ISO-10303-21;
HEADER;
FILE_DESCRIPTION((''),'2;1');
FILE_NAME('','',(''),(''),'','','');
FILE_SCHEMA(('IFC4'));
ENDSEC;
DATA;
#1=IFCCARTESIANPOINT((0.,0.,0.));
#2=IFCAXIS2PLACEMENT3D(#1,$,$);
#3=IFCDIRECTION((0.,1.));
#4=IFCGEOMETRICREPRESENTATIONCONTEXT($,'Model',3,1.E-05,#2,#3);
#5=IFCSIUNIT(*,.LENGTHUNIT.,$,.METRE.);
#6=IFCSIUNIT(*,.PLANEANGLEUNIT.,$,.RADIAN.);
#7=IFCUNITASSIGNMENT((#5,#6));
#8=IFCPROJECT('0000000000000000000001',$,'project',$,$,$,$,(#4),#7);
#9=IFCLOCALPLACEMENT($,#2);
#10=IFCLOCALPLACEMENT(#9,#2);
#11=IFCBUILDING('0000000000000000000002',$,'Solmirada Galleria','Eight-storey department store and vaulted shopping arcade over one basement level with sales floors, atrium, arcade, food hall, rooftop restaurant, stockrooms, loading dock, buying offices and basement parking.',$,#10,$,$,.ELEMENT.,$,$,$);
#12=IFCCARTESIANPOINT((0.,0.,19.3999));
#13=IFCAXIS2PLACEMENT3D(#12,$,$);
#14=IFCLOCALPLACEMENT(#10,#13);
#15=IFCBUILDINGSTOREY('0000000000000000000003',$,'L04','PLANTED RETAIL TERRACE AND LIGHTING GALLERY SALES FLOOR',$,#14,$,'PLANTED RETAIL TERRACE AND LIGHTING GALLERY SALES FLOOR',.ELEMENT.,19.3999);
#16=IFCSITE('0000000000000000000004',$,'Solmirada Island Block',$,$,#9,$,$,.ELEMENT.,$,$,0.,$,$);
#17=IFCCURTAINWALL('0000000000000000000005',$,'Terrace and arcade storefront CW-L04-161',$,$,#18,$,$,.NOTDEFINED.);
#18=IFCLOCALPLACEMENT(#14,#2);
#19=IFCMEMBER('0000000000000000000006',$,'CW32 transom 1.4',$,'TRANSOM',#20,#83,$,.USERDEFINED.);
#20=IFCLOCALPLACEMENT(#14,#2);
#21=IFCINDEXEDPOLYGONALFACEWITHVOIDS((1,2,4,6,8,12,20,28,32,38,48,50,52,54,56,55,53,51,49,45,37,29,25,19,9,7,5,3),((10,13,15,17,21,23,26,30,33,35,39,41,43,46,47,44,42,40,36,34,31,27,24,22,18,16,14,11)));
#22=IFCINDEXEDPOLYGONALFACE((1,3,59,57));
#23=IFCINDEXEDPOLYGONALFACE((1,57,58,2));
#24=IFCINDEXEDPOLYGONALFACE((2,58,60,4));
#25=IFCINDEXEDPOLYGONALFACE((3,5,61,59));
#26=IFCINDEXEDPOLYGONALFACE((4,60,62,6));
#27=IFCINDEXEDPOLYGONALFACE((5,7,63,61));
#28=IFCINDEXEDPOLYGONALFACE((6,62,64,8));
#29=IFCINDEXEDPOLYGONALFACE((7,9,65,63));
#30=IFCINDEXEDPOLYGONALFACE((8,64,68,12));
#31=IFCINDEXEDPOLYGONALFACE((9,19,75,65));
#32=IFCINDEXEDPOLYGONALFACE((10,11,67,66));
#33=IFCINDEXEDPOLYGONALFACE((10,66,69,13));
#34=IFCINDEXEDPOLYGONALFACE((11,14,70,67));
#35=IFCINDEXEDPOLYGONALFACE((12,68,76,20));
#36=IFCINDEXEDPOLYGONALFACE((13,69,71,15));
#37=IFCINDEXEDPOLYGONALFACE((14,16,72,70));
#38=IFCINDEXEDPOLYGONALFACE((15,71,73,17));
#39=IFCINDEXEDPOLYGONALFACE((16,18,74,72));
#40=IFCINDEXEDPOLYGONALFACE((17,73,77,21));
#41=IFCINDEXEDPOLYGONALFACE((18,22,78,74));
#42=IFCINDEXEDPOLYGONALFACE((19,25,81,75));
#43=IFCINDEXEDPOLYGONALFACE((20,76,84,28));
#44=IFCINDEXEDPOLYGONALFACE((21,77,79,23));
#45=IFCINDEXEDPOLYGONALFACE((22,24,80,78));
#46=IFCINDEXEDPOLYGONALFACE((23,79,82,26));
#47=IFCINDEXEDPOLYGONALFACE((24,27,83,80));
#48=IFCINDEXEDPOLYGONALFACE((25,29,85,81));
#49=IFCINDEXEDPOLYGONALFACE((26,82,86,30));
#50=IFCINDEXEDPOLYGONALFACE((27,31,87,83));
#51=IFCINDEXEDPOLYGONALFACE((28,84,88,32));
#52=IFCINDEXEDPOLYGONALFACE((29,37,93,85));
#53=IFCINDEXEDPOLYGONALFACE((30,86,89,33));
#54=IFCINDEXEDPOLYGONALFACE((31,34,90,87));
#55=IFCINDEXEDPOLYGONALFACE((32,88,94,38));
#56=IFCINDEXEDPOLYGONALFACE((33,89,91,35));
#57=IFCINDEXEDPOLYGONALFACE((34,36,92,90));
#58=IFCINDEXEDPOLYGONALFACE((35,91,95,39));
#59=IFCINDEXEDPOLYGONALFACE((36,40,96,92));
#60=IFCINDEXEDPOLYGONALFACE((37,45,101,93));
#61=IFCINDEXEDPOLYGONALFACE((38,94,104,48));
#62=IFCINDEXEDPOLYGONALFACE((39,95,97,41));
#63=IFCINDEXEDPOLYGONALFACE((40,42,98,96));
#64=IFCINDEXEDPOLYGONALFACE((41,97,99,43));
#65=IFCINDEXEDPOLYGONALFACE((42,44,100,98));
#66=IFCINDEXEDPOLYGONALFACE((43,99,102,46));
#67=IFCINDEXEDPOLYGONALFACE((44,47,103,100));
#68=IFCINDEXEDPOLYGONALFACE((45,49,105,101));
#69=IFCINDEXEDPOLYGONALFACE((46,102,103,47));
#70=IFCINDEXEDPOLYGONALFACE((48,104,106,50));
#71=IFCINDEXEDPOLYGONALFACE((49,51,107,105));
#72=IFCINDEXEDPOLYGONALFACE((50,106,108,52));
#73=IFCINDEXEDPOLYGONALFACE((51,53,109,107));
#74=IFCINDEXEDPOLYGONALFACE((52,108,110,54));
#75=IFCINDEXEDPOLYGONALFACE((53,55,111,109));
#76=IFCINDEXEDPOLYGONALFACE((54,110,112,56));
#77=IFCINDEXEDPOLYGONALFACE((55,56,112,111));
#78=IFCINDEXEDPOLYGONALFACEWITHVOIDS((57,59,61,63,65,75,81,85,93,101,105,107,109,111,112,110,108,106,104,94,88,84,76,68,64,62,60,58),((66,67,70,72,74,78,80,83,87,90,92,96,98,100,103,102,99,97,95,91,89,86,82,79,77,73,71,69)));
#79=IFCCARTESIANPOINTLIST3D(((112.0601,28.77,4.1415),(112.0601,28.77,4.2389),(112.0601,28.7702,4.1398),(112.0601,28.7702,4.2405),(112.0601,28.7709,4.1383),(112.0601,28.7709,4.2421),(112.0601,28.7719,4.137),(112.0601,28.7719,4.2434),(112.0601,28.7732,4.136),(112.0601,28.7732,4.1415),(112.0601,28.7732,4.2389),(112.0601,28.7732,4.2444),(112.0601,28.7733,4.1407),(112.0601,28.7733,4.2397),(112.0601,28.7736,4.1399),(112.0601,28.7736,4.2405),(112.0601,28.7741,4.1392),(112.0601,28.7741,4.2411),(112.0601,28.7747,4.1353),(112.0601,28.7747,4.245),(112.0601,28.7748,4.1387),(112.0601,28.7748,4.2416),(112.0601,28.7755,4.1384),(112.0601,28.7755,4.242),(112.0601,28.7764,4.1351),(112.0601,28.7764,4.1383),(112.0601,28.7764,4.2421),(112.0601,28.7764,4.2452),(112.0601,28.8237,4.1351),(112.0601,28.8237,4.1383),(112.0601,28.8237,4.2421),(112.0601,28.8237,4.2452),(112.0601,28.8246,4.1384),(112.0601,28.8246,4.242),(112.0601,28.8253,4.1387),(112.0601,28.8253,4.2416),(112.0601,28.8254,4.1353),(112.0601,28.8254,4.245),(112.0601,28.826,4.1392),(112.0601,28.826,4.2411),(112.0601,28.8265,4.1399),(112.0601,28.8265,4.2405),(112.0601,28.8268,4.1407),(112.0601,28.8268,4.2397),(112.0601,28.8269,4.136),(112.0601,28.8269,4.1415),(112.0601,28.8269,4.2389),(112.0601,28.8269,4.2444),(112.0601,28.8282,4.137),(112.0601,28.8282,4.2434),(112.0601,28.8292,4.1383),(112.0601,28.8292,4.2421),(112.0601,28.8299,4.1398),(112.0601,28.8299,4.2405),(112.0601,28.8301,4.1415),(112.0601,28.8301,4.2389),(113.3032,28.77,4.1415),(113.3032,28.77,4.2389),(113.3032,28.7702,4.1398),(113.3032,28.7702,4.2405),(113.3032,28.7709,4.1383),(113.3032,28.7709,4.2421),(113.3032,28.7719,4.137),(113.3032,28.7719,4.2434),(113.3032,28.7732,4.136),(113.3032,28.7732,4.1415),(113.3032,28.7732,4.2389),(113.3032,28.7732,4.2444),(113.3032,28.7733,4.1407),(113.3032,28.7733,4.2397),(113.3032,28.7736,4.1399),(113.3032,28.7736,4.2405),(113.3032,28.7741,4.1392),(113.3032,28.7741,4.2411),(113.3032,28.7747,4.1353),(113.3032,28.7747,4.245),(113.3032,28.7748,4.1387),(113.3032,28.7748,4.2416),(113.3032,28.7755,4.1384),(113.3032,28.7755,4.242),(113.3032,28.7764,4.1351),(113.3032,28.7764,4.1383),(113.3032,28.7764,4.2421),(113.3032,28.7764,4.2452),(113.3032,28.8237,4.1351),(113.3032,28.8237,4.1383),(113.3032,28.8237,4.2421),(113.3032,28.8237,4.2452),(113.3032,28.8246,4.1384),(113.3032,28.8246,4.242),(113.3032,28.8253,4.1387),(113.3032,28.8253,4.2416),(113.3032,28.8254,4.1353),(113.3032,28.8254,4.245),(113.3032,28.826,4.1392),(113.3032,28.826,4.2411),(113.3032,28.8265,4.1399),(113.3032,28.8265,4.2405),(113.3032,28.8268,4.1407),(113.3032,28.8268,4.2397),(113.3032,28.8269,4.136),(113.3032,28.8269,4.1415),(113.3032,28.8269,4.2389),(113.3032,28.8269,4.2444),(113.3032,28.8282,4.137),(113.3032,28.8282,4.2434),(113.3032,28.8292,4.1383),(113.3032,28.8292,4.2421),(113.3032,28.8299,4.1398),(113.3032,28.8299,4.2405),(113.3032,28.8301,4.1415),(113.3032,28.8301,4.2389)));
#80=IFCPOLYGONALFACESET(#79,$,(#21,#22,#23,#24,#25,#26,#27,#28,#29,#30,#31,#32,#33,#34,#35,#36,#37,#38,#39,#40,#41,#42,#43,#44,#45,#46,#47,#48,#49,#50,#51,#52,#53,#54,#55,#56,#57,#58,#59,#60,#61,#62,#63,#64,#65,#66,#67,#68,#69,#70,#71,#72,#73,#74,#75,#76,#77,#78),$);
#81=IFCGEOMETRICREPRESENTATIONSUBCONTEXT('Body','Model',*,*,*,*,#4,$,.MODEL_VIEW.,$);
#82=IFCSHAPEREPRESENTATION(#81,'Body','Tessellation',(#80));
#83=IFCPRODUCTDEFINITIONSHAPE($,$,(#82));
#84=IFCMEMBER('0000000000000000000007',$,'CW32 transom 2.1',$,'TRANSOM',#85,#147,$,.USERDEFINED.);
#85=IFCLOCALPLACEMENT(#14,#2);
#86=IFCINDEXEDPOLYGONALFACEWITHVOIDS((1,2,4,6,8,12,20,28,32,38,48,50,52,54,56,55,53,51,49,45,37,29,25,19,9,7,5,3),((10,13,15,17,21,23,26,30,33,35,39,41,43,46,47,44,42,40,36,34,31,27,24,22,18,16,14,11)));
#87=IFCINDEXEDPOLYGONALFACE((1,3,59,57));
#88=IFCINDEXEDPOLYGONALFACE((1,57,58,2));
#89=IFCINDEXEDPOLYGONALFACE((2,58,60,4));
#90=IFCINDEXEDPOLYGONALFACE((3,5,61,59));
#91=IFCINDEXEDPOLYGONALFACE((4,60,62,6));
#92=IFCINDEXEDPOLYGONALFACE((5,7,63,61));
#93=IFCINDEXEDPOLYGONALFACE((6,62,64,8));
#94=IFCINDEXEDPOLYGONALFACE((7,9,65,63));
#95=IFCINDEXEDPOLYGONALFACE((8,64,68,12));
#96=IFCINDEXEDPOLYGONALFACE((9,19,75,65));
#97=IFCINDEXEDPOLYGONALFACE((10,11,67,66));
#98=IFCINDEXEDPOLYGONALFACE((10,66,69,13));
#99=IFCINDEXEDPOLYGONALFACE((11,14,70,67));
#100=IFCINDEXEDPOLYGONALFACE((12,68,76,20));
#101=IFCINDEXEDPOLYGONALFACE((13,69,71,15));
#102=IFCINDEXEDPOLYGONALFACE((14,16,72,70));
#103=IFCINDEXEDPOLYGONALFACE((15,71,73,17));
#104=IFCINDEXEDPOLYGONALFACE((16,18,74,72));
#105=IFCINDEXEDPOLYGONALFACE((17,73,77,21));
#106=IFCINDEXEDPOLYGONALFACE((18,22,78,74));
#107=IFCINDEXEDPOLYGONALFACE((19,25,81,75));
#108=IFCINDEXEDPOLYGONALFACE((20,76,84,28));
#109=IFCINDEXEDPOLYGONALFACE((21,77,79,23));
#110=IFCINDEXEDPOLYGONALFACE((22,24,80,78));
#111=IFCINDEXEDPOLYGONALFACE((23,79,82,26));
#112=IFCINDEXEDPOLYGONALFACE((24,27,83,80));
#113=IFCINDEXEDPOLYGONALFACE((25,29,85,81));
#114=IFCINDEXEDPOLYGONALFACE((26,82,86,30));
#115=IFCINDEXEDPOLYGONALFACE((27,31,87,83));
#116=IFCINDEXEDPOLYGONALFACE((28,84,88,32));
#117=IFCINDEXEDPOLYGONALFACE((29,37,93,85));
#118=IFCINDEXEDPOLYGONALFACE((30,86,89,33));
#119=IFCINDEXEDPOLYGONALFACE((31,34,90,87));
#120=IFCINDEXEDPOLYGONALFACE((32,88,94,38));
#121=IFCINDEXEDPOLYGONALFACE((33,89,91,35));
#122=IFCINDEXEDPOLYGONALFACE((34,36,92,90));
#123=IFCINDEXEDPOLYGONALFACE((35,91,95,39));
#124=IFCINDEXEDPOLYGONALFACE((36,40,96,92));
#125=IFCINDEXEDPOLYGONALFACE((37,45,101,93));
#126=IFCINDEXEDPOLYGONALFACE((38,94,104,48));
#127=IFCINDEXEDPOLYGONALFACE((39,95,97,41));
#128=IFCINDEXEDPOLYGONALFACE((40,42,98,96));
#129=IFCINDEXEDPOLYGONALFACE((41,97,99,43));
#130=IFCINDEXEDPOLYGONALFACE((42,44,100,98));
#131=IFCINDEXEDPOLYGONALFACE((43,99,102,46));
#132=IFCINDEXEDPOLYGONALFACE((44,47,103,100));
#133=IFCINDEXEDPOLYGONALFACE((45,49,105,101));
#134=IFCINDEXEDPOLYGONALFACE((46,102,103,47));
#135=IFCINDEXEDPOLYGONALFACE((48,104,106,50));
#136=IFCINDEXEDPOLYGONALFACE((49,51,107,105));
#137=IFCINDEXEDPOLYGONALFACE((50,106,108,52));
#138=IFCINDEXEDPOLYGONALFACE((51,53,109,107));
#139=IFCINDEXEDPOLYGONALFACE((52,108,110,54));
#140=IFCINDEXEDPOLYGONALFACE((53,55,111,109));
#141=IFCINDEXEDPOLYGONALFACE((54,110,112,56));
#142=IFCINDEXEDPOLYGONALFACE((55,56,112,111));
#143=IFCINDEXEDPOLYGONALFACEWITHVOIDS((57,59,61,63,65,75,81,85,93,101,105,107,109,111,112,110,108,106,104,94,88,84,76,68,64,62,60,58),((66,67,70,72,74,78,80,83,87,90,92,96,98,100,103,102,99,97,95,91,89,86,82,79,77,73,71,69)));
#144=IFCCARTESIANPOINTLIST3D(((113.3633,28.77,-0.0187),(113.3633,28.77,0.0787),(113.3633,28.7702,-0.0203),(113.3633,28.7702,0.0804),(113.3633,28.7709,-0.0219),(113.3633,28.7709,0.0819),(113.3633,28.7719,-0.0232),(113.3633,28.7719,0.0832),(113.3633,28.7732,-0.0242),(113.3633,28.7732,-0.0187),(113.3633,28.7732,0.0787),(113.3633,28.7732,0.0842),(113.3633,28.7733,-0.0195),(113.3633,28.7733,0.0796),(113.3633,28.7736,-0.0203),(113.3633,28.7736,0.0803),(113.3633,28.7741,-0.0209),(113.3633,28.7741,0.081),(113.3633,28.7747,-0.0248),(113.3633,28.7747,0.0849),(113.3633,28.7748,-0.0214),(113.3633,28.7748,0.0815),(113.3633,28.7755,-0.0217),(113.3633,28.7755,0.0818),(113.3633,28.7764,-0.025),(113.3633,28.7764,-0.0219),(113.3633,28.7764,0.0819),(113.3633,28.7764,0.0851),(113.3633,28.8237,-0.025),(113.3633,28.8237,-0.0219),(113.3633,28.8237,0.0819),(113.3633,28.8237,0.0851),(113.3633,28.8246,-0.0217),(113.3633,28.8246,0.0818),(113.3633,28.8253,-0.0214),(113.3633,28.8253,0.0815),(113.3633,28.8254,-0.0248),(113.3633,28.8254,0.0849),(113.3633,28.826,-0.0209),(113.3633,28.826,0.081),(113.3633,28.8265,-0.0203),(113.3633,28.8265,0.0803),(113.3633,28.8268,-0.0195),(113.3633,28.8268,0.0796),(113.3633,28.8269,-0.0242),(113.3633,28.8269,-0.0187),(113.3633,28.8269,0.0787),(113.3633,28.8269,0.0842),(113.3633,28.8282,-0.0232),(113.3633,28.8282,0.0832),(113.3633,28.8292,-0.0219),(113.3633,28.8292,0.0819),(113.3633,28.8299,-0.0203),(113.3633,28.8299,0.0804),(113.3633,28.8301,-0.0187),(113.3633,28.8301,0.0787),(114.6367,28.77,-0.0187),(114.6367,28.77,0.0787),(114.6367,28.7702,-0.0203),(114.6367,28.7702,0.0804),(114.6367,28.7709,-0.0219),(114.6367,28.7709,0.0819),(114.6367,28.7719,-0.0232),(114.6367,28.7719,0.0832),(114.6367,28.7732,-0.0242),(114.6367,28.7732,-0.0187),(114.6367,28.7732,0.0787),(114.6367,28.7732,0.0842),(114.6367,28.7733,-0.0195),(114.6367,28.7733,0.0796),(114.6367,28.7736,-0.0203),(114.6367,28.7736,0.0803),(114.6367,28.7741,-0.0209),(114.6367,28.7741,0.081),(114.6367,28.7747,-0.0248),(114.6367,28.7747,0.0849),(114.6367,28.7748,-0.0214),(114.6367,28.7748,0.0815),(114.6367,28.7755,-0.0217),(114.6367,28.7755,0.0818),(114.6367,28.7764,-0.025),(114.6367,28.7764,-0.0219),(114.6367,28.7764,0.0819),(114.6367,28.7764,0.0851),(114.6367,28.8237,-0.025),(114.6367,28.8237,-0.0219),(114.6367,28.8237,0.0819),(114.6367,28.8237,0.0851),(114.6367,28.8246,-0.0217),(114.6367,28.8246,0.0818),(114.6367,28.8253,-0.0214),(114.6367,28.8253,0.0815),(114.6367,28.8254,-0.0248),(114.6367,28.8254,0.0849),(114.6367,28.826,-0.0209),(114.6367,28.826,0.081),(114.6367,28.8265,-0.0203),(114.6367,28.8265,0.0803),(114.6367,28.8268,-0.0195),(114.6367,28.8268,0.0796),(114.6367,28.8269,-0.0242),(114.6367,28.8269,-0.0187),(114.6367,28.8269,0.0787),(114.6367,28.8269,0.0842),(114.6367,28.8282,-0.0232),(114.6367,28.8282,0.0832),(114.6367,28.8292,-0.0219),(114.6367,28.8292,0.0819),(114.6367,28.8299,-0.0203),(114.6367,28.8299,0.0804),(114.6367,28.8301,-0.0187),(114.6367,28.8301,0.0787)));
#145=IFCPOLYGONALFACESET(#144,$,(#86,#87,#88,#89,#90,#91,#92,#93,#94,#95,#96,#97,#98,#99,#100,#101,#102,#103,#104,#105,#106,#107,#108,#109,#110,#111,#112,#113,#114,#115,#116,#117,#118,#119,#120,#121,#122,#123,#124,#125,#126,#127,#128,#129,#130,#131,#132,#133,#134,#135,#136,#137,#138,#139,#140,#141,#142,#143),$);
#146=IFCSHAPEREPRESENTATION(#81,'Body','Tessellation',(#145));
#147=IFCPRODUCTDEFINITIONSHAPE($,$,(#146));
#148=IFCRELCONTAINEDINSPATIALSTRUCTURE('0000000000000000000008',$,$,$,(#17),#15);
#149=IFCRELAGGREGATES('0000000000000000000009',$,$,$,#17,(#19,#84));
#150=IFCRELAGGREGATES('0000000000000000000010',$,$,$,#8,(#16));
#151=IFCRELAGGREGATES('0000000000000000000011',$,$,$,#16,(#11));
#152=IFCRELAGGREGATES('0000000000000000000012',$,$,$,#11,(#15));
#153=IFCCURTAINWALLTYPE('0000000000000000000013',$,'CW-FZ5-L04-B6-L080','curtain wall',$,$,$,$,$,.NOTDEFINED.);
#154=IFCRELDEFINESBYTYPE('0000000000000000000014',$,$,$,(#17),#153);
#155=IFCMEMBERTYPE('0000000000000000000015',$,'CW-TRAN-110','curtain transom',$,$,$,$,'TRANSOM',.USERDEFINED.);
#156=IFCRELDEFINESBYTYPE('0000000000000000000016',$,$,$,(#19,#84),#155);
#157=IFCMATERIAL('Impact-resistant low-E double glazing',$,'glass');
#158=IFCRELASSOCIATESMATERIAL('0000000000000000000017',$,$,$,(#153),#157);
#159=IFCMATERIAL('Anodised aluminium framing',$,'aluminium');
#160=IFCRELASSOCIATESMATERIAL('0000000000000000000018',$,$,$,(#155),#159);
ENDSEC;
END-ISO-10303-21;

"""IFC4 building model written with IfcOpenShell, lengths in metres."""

from ifc_helpers import new_model, si_unit, direction, frame, origin, origin_2d, place, context, subcontext, project, spatial, hollow_rectangle, extrude, material, material_profile, profile_set, type_object, element, aggregate, save


model = new_model("IFC4")

# Units and contexts
model_context = context("Model", 3, precision=1e-05, world=origin(), true_north=direction((0.0, 1.0)))
body_context = subcontext(model_context, "Body", "Model", "MODEL_VIEW")
ifc_project = project(units=[si_unit("LENGTHUNIT", "METRE"), si_unit("PLANEANGLEUNIT", "RADIAN")], contexts=[model_context])

# Site, building, storey
site_placement = place(None, origin())
site = spatial("IfcSite", under=ifc_project, at=site_placement, Name="Solmirada Island Block", CompositionType="ELEMENT", RefElevation=0.0)
building_placement = place(site_placement, origin())
building = spatial("IfcBuilding", under=site, at=building_placement, Name="Solmirada Galleria", Description="Eight-storey department store and vaulted shopping arcade over one basement level with sales floors, atrium, arcade, food hall, rooftop restaurant, stockrooms, loading dock, buying offices and basement parking.", CompositionType="ELEMENT")
storey_placement = place(building_placement, frame((0.0, 0.0, 19.3999)))
storey = spatial("IfcBuildingStorey", under=building, at=storey_placement, Name="L04", Description="PLANTED RETAIL TERRACE AND LIGHTING GALLERY SALES FLOOR", LongName="PLANTED RETAIL TERRACE AND LIGHTING GALLERY SALES FLOOR", CompositionType="ELEMENT", Elevation=19.3999)

# Shared definitions
ifc_material_1 = material(Name="Impact-resistant low-E double glazing", Category="glass")
curtain_wall_type = type_object("IfcCurtainWallType", Name="CW-FZ5-L04-B6-L080", Description="curtain wall", PredefinedType="NOTDEFINED", material=ifc_material_1)
ifc_material_2 = material(Name="Anodised aluminium framing", Category="aluminium")

# Curtain wall
curtain_wall_1_placement = place(storey_placement, origin())
curtain_wall_1 = element("IfcCurtainWall", 1, at=curtain_wall_1_placement, inside=storey, type_object=curtain_wall_type, Name="Terrace and arcade storefront CW-L04-161", PredefinedType="NOTDEFINED")

# Members
ifc_material_profile_1 = material_profile(ifc_material_2, hollow_rectangle(XDim=0.0601, YDim=0.1101, WallThickness=0.0032, InnerFilletRadius=0.0032, OuterFilletRadius=0.0063, at=origin_2d()), Name="ALU-TRAN-110X60")
ifc_profile_set_1 = profile_set([ifc_material_profile_1], Name="Anodised aluminium framing")
member_type_1 = type_object("IfcMemberType", Name="CW-TRAN-110", Description="curtain transom", ElementType="TRANSOM", PredefinedType="USERDEFINED", material=ifc_profile_set_1)
member_1_placement = place(storey_placement, frame((112.0601, 28.8, 4.1902), z_axis=(1.0, 0.0, 0.0), x_axis=(0.0, 1.0, 0.0)))
member_1 = element("IfcMember", 2, at=member_1_placement, type_object=member_type_1, Name="CW32 transom 1.4", ObjectType="TRANSOM", PredefinedType="USERDEFINED", context=body_context, shape_type="SweptSolid", body=[
    extrude(hollow_rectangle(XDim=0.0601, YDim=0.1101, WallThickness=0.0032, InnerFilletRadius=0.0032, OuterFilletRadius=0.0063, at=origin_2d()), origin(), (0.0, 0.0, 1.0), 1.2432),
])
member_2_placement = place(storey_placement, frame((113.3633, 28.8, 0.03), z_axis=(1.0, 0.0, 0.0), x_axis=(0.0, 1.0, 0.0)))
member_2 = element("IfcMember", 3, at=member_2_placement, type_object=member_type_1, Name="CW32 transom 2.1", ObjectType="TRANSOM", PredefinedType="USERDEFINED", context=body_context, shape_type="SweptSolid", body=[
    extrude(hollow_rectangle(XDim=0.0601, YDim=0.1101, WallThickness=0.0032, InnerFilletRadius=0.0032, OuterFilletRadius=0.0063, at=origin_2d()), origin(), (0.0, 0.0, 1.0), 1.2734),
])

aggregate(curtain_wall_1, [member_1, member_2])

save(model, "model.ifc")
